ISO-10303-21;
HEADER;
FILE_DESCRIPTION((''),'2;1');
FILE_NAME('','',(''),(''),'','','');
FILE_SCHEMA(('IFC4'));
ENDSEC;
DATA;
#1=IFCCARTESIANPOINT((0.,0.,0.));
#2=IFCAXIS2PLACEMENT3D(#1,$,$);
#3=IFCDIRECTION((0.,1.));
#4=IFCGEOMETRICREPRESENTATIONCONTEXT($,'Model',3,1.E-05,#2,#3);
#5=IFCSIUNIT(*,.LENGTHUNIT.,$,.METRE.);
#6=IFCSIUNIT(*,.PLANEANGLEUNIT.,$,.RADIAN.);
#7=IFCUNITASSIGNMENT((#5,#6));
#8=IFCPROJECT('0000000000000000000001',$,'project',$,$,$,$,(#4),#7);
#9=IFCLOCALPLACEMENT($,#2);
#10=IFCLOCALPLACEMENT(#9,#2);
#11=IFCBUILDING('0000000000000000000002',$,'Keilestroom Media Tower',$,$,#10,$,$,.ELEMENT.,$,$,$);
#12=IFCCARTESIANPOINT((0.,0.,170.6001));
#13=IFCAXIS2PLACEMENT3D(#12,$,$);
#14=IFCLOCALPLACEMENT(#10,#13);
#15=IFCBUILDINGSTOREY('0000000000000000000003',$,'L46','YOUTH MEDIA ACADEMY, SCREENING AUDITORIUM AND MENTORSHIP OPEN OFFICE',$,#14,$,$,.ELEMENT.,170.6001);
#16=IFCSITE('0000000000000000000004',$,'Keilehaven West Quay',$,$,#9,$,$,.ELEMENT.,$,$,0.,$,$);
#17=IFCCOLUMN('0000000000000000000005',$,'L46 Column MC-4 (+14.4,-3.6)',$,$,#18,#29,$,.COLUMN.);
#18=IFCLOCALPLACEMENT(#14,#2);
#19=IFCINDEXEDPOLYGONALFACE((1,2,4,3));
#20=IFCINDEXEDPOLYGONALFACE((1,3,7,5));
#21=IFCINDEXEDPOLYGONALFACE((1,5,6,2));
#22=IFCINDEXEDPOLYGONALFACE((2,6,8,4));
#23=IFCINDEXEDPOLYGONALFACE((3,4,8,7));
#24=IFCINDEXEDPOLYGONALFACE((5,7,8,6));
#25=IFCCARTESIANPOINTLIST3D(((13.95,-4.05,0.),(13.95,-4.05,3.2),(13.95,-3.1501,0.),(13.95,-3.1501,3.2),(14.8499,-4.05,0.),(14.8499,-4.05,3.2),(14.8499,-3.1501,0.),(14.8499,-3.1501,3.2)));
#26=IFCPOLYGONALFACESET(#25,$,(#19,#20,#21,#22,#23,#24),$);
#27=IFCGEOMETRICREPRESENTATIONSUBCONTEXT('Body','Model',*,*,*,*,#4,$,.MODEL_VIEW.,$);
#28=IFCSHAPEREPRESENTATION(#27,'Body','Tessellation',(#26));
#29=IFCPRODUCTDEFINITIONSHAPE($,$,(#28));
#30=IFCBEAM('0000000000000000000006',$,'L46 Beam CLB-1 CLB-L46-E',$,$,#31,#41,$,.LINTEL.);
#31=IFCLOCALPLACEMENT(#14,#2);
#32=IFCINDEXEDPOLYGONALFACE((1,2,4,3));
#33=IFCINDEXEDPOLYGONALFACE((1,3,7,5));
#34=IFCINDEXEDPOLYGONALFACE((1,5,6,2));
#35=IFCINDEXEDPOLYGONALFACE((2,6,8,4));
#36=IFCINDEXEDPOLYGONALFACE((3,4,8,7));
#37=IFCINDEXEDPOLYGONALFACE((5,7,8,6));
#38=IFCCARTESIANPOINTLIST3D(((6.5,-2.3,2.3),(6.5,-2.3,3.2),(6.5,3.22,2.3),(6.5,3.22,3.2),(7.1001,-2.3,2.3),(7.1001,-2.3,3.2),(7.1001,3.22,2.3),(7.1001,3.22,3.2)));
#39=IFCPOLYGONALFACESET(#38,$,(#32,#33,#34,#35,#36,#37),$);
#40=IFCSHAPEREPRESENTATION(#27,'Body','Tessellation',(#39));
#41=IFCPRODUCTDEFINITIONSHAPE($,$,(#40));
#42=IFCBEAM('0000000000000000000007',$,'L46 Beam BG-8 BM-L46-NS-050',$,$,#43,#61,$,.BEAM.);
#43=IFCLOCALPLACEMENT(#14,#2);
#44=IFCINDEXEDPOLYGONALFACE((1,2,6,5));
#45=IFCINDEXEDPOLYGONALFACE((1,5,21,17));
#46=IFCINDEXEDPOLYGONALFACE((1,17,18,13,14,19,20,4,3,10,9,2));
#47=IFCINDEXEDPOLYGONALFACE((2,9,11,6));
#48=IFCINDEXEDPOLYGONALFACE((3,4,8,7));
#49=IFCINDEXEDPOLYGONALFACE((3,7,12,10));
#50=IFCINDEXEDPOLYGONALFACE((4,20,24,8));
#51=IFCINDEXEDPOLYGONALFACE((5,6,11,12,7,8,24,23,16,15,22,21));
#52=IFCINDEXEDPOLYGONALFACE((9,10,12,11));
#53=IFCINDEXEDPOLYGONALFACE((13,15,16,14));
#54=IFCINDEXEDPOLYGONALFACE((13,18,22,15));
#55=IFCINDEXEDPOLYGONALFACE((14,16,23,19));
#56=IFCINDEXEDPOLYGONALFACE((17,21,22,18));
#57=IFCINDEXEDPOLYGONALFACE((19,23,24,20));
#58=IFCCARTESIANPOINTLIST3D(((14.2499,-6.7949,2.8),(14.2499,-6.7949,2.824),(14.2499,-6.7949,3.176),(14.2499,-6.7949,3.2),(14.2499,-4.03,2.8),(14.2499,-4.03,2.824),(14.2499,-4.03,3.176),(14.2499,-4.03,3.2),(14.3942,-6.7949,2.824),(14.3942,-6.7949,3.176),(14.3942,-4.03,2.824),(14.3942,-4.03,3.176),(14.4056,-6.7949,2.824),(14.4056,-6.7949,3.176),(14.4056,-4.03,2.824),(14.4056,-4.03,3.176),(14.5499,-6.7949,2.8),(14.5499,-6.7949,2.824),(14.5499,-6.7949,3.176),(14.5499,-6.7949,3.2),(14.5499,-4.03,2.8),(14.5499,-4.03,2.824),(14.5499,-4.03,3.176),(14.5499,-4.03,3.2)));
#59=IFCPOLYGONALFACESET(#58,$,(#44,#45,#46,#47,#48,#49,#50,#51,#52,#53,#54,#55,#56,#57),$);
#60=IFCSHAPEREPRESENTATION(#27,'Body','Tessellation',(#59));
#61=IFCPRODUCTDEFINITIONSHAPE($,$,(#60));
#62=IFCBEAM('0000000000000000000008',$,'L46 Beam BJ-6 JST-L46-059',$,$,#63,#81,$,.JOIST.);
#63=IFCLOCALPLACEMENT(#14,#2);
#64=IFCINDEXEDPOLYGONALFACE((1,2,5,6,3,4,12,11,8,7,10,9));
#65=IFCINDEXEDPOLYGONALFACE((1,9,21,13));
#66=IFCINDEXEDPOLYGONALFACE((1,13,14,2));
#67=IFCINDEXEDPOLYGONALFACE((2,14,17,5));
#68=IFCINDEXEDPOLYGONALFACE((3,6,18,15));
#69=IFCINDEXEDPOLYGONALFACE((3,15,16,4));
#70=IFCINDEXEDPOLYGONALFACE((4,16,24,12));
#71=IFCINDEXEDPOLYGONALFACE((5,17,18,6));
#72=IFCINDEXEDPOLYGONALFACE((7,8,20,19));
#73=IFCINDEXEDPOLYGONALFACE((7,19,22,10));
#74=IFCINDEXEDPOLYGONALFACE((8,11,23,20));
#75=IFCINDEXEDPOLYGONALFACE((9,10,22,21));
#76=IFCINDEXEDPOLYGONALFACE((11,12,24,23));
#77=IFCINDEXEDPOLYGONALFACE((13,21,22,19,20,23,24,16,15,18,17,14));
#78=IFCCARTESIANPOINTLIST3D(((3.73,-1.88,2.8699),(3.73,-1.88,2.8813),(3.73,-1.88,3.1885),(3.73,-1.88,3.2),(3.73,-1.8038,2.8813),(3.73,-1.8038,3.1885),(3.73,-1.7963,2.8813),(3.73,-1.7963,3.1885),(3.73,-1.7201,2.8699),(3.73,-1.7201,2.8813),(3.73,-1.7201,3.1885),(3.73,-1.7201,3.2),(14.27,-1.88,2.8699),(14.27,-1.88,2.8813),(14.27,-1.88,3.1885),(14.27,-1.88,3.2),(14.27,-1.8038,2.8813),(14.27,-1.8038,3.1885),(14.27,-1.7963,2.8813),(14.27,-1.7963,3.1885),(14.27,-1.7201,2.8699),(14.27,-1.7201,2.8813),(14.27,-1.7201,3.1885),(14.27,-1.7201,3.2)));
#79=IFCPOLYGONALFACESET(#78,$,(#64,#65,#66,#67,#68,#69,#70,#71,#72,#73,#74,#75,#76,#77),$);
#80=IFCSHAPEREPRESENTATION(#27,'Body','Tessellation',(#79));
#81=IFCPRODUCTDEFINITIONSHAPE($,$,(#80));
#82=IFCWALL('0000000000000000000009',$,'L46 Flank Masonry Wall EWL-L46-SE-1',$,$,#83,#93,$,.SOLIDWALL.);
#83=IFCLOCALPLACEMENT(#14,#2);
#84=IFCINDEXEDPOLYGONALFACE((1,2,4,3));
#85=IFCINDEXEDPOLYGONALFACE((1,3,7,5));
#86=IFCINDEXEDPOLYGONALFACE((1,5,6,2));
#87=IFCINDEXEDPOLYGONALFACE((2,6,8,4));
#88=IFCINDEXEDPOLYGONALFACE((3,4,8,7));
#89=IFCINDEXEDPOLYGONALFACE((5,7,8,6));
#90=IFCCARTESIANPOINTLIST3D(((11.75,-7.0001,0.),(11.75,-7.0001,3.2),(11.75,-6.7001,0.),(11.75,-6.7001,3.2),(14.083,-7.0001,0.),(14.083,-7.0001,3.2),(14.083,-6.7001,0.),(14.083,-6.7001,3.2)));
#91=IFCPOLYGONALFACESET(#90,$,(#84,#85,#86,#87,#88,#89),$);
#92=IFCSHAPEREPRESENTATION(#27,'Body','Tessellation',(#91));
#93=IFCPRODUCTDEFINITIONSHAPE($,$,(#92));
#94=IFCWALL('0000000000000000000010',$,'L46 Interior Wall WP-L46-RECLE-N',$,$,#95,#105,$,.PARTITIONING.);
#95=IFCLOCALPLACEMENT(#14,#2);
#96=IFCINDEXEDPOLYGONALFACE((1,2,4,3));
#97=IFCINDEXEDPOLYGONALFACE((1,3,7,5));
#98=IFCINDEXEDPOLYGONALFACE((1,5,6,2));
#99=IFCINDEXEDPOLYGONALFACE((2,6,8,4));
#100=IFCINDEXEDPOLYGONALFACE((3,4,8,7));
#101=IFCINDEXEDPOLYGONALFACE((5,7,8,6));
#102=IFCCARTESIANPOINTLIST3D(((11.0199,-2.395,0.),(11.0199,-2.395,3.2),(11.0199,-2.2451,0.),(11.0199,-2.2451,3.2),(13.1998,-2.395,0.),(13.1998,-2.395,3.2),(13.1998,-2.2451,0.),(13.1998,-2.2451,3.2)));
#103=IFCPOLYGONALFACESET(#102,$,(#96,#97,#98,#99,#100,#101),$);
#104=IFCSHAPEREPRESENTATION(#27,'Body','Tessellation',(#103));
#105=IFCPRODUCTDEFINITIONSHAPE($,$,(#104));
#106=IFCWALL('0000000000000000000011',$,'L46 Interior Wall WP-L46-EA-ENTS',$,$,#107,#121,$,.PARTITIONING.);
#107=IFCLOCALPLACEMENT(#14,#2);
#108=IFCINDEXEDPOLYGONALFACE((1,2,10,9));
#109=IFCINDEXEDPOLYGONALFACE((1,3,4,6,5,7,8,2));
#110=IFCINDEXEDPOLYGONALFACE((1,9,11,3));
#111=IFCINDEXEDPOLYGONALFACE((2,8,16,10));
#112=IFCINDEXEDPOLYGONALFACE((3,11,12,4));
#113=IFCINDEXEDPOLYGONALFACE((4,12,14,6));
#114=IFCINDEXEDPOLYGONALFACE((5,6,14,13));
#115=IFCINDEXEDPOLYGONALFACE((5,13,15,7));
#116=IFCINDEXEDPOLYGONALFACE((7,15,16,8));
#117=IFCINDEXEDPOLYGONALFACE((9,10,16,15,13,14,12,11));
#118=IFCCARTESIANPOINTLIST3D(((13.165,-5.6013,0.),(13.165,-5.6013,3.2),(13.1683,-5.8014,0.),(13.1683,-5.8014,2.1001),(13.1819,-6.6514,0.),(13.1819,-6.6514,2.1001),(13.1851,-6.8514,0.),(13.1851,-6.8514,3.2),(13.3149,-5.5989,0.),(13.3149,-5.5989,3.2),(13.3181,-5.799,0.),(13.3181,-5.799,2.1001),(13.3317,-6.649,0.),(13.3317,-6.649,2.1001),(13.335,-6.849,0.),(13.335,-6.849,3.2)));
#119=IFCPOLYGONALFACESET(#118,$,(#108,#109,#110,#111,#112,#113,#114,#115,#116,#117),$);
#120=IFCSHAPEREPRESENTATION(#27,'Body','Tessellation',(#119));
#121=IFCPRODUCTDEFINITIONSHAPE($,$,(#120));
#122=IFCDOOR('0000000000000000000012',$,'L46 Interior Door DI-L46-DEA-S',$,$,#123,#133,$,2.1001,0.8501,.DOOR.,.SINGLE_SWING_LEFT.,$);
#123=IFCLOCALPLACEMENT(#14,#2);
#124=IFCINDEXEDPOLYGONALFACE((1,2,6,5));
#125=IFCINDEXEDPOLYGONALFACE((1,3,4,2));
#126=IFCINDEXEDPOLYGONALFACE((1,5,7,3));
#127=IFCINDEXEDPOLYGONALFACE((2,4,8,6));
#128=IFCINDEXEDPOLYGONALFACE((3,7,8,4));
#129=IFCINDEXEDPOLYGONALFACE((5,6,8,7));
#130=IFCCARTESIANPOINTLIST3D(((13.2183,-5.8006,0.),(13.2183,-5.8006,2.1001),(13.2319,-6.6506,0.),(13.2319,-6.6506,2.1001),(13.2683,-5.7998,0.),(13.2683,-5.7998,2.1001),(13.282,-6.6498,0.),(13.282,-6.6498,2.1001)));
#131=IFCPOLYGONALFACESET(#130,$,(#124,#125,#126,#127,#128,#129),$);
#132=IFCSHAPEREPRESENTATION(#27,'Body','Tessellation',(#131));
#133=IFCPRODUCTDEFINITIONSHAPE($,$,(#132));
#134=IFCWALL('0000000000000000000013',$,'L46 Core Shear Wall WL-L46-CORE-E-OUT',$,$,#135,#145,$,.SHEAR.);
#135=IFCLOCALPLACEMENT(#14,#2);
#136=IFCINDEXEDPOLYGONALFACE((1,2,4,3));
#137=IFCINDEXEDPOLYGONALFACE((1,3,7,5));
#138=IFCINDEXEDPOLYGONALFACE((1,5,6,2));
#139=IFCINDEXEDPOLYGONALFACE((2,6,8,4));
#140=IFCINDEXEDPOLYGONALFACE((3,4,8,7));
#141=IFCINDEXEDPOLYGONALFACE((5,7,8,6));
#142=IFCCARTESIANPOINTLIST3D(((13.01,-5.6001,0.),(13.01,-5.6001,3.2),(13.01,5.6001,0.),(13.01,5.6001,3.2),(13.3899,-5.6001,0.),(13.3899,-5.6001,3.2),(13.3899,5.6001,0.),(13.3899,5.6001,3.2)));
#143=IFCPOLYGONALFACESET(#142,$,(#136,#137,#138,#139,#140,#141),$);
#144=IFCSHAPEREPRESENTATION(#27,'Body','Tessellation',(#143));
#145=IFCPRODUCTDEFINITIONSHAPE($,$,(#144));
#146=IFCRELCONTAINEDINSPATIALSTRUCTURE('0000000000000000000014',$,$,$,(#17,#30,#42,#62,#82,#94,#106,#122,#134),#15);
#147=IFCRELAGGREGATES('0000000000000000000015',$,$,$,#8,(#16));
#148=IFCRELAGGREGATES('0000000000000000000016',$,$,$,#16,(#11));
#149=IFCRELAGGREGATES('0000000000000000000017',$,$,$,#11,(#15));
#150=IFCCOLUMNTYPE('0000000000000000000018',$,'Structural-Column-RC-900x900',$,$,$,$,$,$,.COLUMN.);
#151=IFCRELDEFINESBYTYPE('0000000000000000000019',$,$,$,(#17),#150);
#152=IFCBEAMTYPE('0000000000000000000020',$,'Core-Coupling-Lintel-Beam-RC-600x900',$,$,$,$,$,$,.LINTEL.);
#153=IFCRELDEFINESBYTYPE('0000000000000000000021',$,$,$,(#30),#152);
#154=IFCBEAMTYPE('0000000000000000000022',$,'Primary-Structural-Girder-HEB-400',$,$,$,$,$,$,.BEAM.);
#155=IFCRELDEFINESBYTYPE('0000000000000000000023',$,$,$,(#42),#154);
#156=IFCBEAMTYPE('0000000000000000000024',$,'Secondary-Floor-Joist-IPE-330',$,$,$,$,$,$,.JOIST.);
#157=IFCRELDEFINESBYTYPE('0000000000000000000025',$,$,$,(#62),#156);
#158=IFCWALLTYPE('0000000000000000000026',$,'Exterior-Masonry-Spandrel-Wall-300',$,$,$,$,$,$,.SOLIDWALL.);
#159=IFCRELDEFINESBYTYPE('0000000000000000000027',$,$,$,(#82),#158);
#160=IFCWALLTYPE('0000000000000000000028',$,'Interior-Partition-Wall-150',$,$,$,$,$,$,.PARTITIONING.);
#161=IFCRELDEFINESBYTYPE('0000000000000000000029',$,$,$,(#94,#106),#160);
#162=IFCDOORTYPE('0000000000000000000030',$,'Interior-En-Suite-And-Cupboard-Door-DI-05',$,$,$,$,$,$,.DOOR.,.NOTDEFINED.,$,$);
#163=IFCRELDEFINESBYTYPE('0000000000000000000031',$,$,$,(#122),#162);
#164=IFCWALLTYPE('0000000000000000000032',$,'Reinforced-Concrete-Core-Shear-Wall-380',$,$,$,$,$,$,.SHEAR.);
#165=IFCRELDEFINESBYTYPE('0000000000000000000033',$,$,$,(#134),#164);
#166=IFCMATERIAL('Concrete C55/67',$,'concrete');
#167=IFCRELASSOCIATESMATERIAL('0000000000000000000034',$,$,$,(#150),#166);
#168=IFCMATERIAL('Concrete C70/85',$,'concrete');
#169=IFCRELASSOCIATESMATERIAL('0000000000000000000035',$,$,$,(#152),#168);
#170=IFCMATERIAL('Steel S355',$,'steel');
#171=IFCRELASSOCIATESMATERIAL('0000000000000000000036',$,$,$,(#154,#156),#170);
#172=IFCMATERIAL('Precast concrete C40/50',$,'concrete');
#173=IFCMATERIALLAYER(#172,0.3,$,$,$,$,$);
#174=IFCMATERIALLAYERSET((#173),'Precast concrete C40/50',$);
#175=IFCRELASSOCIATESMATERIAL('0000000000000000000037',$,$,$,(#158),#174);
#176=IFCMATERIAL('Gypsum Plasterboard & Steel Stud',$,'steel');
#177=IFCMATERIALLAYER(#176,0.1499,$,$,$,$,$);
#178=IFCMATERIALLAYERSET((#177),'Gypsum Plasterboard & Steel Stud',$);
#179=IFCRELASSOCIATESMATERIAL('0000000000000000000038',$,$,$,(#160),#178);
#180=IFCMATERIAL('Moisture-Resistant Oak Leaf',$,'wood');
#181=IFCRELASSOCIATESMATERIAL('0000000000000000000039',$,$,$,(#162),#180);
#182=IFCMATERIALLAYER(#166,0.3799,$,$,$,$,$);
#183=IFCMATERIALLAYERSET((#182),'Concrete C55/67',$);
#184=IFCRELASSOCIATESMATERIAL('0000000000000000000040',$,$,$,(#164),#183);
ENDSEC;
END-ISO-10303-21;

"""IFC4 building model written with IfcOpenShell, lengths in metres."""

from ifc_helpers import new_model, si_unit, direction, frame, frame_2d, origin, origin_2d, place, context, subcontext, project, spatial, rectangle, i_section, extrude, source, transform, mapped, material, layer, layer_set, material_profile, profile_set, type_object, element, fill, save


model = new_model("IFC4")

# Units and contexts
model_context = context("Model", 3, precision=1e-05, world=origin(), true_north=direction((0.0, 1.0)))
body_context = subcontext(model_context, "Body", "Model", "MODEL_VIEW")
ifc_project = project(units=[si_unit("LENGTHUNIT", "METRE"), si_unit("PLANEANGLEUNIT", "RADIAN")], contexts=[model_context])

# Site, building, storey
site_placement = place(None, origin())
site = spatial("IfcSite", under=ifc_project, at=site_placement, Name="Keilehaven West Quay", CompositionType="ELEMENT", RefElevation=0.0)
building_placement = place(site_placement, origin())
building = spatial("IfcBuilding", under=site, at=building_placement, Name="Keilestroom Media Tower", CompositionType="ELEMENT")
storey_placement = place(building_placement, frame((0.0, 0.0, 170.6001)))
storey = spatial("IfcBuildingStorey", under=building, at=storey_placement, Name="L46", Description="YOUTH MEDIA ACADEMY, SCREENING AUDITORIUM AND MENTORSHIP OPEN OFFICE", CompositionType="ELEMENT", Elevation=170.6001)

# Column
ifc_material_1 = material(Name="Concrete C55/67", Category="concrete")
ifc_material_profile_1 = material_profile(ifc_material_1, rectangle(XDim=0.8999, YDim=0.8999, at=origin_2d()), Name="RC 900x900")
ifc_profile_set_1 = profile_set([ifc_material_profile_1], Name="Concrete C55/67")
column_type = type_object("IfcColumnType", Name="Structural-Column-RC-900x900", PredefinedType="COLUMN", material=ifc_profile_set_1)
shared_shape_1 = source(origin(), body_context, "Body", "SweptSolid", [
    extrude(rectangle(XDim=0.8999, YDim=0.8999, at=origin_2d()), origin(), (0.0, 0.0, 1.0), 3.2),
])
column_placement = place(storey_placement, frame((14.3999, -3.6001, 0.0), z_axis=(0.0, 0.0, 1.0), x_axis=(1.0, 0.0, 0.0)))
element("IfcColumn", 1, at=column_placement, inside=storey, type_object=column_type, Name="L46 Column MC-4 (+14.4,-3.6)", PredefinedType="COLUMN", context=body_context, shape_type="MappedRepresentation", body=[
    mapped(shared_shape_1, transform((0.0, 0.0, 0.0), x_axis=(1.0, 0.0, 0.0), y_axis=(0.0, 1.0, 0.0), z_axis=(0.0, 0.0, 1.0), scale=1.0)),
])

# Beams
ifc_material_2 = material(Name="Concrete C70/85", Category="concrete")
ifc_material_profile_2 = material_profile(ifc_material_2, rectangle(XDim=0.6001, YDim=0.8999, at=origin_2d()), Name="RC 600x900")
ifc_profile_set_2 = profile_set([ifc_material_profile_2], Name="Concrete C70/85")
beam_type_1 = type_object("IfcBeamType", Name="Core-Coupling-Lintel-Beam-RC-600x900", PredefinedType="LINTEL", material=ifc_profile_set_2)
shared_shape_2 = source(origin(), body_context, "Body", "SweptSolid", [
    extrude(rectangle(XDim=0.6001, YDim=0.8999, at=origin_2d()), origin(), (0.0, 0.0, 1.0), 5.52),
])
beam_1_placement = place(storey_placement, frame((6.8, -2.3, 2.75), z_axis=(0.0, 1.0, 0.0), x_axis=(-1.0, 0.0, 0.0)))
element("IfcBeam", 2, at=beam_1_placement, inside=storey, type_object=beam_type_1, Name="L46 Beam CLB-1 CLB-L46-E", PredefinedType="LINTEL", context=body_context, shape_type="MappedRepresentation", body=[
    mapped(shared_shape_2, transform((0.0, 0.0, 0.0), x_axis=(1.0, 0.0, 0.0), y_axis=(0.0, 1.0, 0.0), z_axis=(0.0, 0.0, 1.0), scale=1.0)),
])
ifc_material_3 = material(Name="Steel S355", Category="steel")
ifc_material_profile_3 = material_profile(ifc_material_3, i_section(OverallWidth=0.3, OverallDepth=0.3999, WebThickness=0.0115, FlangeThickness=0.0239, at=origin_2d()), Name="HEB 400")
ifc_profile_set_3 = profile_set([ifc_material_profile_3], Name="Steel S355")
beam_type_2 = type_object("IfcBeamType", Name="Primary-Structural-Girder-HEB-400", PredefinedType="BEAM", material=ifc_profile_set_3)
shared_shape_3 = source(origin(), body_context, "Body", "SweptSolid", [
    extrude(i_section(OverallWidth=0.3, OverallDepth=0.3999, WebThickness=0.0115, FlangeThickness=0.0239, at=origin_2d()), origin(), (0.0, 0.0, 1.0), 2.7649),
])
beam_2_placement = place(storey_placement, frame((14.3999, -6.7949, 3.0), z_axis=(0.0, 1.0, 0.0), x_axis=(-1.0, 0.0, 0.0)))
element("IfcBeam", 3, at=beam_2_placement, inside=storey, type_object=beam_type_2, Name="L46 Beam BG-8 BM-L46-NS-050", PredefinedType="BEAM", context=body_context, shape_type="MappedRepresentation", body=[
    mapped(shared_shape_3, transform((0.0, 0.0, 0.0), x_axis=(1.0, 0.0, 0.0), y_axis=(0.0, 1.0, 0.0), z_axis=(0.0, 0.0, 1.0), scale=1.0)),
])
ifc_material_profile_4 = material_profile(ifc_material_3, i_section(OverallWidth=0.1599, OverallDepth=0.3301, WebThickness=0.0076, FlangeThickness=0.0115, at=origin_2d()), Name="IPE 330")
ifc_profile_set_4 = profile_set([ifc_material_profile_4], Name="Steel S355")
beam_type_3 = type_object("IfcBeamType", Name="Secondary-Floor-Joist-IPE-330", PredefinedType="JOIST", material=ifc_profile_set_4)
shared_shape_4 = source(origin(), body_context, "Body", "SweptSolid", [
    extrude(i_section(OverallWidth=0.1599, OverallDepth=0.3301, WebThickness=0.0076, FlangeThickness=0.0115, at=origin_2d()), origin(), (0.0, 0.0, 1.0), 10.54),
])
beam_3_placement = place(storey_placement, frame((3.73, -1.8, 3.0349), z_axis=(1.0, 0.0, 0.0), x_axis=(0.0, 1.0, 0.0)))
element("IfcBeam", 4, at=beam_3_placement, inside=storey, type_object=beam_type_3, Name="L46 Beam BJ-6 JST-L46-059", PredefinedType="JOIST", context=body_context, shape_type="MappedRepresentation", body=[
    mapped(shared_shape_4, transform((0.0, 0.0, 0.0), x_axis=(1.0, 0.0, 0.0), y_axis=(0.0, 1.0, 0.0), z_axis=(0.0, 0.0, 1.0), scale=1.0)),
])

# Walls
ifc_material_4 = material(Name="Precast concrete C40/50", Category="concrete")
ifc_layer_1 = layer(ifc_material_4, 0.3)
ifc_layer_set_1 = layer_set([ifc_layer_1], Name="Precast concrete C40/50")
wall_type_1 = type_object("IfcWallType", Name="Exterior-Masonry-Spandrel-Wall-300", PredefinedType="SOLIDWALL", material=ifc_layer_set_1)
wall_1_placement = place(storey_placement, frame((11.75, -6.8501, 0.0), z_axis=(0.0, 0.0, 1.0), x_axis=(1.0, 0.0, 0.0)))
element("IfcWall", 5, at=wall_1_placement, inside=storey, type_object=wall_type_1, Name="L46 Flank Masonry Wall EWL-L46-SE-1", PredefinedType="SOLIDWALL", context=body_context, shape_type="SweptSolid", body=[
    extrude(rectangle(XDim=2.333, YDim=0.3, at=frame_2d((1.1665, 0.0))), origin(), (0.0, 0.0, 1.0), 3.2),
])
ifc_material_5 = material(Name="Gypsum Plasterboard & Steel Stud", Category="steel")
ifc_layer_2 = layer(ifc_material_5, 0.1499)
ifc_layer_set_2 = layer_set([ifc_layer_2], Name="Gypsum Plasterboard & Steel Stud")
wall_type_2 = type_object("IfcWallType", Name="Interior-Partition-Wall-150", PredefinedType="PARTITIONING", material=ifc_layer_set_2)
wall_2_placement = place(storey_placement, frame((11.02, -2.3201, 0.0), z_axis=(0.0, 0.0, 1.0), x_axis=(1.0, 0.0, 0.0)))
element("IfcWall", 6, at=wall_2_placement, inside=storey, type_object=wall_type_2, Name="L46 Interior Wall WP-L46-RECLE-N", PredefinedType="PARTITIONING", context=body_context, shape_type="SweptSolid", body=[
    extrude(rectangle(XDim=2.1799, YDim=0.1499, at=frame_2d((1.0898, 0.0))), origin(), (0.0, 0.0, 1.0), 3.2),
])

# Wall, opening, door
wall_3_placement = place(storey_placement, frame((13.26, -6.8501, 0.0), z_axis=(0.0, 0.0, 1.0), x_axis=(-0.016014, 0.999872, 0.0)))
wall_3 = element("IfcWall", 7, at=wall_3_placement, inside=storey, type_object=wall_type_2, Name="L46 Interior Wall WP-L46-EA-ENTS", PredefinedType="PARTITIONING", context=body_context, shape_type="SweptSolid", body=[
    extrude(rectangle(XDim=1.2502, YDim=0.1499, at=frame_2d((0.625, 0.0))), origin(), (0.0, 0.0, 1.0), 3.2),
])
opening_1_placement = place(wall_3_placement, frame((0.2, 0.0, 0.0)))
opening_1 = element("IfcOpeningElement", 8, at=opening_1_placement, cuts=wall_3, PredefinedType="OPENING", context=body_context, shape_type="SweptSolid", body=[
    extrude(rectangle(XDim=0.8501, YDim=2.1001, at=frame_2d((0.425, 1.05))), frame((0.0, 0.085, 0.0), z_axis=(0.0, -1.0, 0.0), x_axis=(1.0, 0.0, 0.0)), (0.0, 0.0, 1.0), 0.1699),
])
ifc_material_6 = material(Name="Moisture-Resistant Oak Leaf", Category="wood")
door_type_1 = type_object("IfcDoorType", Name="Interior-En-Suite-And-Cupboard-Door-DI-05", OperationType="NOTDEFINED", PredefinedType="DOOR", material=ifc_material_6)
shared_shape_5 = source(origin(), body_context, "Body", "SweptSolid", [
    extrude(rectangle(XDim=0.8501, YDim=2.1001, at=frame_2d((0.425, 1.05))), frame((0.0, 0.0249, 0.0), z_axis=(0.0, -1.0, 0.0), x_axis=(1.0, 0.0, 0.0)), (0.0, 0.0, 1.0), 0.05),
])
door_1_placement = place(opening_1_placement, origin())
door_1 = element("IfcDoor", 9, at=door_1_placement, inside=storey, type_object=door_type_1, Name="L46 Interior Door DI-L46-DEA-S", OperationType="SINGLE_SWING_LEFT", OverallHeight=2.1001, OverallWidth=0.8501, PredefinedType="DOOR", context=body_context, shape_type="MappedRepresentation", body=[
    mapped(shared_shape_5, transform((0.0, 0.0, 0.0), x_axis=(1.0, 0.0, 0.0), y_axis=(0.0, 1.0, 0.0), z_axis=(0.0, 0.0, 1.0), scale=1.0)),
])
fill(opening_1, door_1)

# Wall
ifc_layer_3 = layer(ifc_material_1, 0.3799)
ifc_layer_set_3 = layer_set([ifc_layer_3], Name="Concrete C55/67")
wall_type_3 = type_object("IfcWallType", Name="Reinforced-Concrete-Core-Shear-Wall-380", PredefinedType="SHEAR", material=ifc_layer_set_3)
wall_4_placement = place(storey_placement, frame((13.2, -5.6001, 0.0), z_axis=(0.0, 0.0, 1.0), x_axis=(0.0, 1.0, 0.0)))
element("IfcWall", 10, at=wall_4_placement, inside=storey, type_object=wall_type_3, Name="L46 Core Shear Wall WL-L46-CORE-E-OUT", PredefinedType="SHEAR", context=body_context, shape_type="SweptSolid", body=[
    extrude(rectangle(XDim=11.2002, YDim=0.3799, at=frame_2d((5.6001, 0.0))), origin(), (0.0, 0.0, 1.0), 3.2),
])

save(model, "model.ifc")
